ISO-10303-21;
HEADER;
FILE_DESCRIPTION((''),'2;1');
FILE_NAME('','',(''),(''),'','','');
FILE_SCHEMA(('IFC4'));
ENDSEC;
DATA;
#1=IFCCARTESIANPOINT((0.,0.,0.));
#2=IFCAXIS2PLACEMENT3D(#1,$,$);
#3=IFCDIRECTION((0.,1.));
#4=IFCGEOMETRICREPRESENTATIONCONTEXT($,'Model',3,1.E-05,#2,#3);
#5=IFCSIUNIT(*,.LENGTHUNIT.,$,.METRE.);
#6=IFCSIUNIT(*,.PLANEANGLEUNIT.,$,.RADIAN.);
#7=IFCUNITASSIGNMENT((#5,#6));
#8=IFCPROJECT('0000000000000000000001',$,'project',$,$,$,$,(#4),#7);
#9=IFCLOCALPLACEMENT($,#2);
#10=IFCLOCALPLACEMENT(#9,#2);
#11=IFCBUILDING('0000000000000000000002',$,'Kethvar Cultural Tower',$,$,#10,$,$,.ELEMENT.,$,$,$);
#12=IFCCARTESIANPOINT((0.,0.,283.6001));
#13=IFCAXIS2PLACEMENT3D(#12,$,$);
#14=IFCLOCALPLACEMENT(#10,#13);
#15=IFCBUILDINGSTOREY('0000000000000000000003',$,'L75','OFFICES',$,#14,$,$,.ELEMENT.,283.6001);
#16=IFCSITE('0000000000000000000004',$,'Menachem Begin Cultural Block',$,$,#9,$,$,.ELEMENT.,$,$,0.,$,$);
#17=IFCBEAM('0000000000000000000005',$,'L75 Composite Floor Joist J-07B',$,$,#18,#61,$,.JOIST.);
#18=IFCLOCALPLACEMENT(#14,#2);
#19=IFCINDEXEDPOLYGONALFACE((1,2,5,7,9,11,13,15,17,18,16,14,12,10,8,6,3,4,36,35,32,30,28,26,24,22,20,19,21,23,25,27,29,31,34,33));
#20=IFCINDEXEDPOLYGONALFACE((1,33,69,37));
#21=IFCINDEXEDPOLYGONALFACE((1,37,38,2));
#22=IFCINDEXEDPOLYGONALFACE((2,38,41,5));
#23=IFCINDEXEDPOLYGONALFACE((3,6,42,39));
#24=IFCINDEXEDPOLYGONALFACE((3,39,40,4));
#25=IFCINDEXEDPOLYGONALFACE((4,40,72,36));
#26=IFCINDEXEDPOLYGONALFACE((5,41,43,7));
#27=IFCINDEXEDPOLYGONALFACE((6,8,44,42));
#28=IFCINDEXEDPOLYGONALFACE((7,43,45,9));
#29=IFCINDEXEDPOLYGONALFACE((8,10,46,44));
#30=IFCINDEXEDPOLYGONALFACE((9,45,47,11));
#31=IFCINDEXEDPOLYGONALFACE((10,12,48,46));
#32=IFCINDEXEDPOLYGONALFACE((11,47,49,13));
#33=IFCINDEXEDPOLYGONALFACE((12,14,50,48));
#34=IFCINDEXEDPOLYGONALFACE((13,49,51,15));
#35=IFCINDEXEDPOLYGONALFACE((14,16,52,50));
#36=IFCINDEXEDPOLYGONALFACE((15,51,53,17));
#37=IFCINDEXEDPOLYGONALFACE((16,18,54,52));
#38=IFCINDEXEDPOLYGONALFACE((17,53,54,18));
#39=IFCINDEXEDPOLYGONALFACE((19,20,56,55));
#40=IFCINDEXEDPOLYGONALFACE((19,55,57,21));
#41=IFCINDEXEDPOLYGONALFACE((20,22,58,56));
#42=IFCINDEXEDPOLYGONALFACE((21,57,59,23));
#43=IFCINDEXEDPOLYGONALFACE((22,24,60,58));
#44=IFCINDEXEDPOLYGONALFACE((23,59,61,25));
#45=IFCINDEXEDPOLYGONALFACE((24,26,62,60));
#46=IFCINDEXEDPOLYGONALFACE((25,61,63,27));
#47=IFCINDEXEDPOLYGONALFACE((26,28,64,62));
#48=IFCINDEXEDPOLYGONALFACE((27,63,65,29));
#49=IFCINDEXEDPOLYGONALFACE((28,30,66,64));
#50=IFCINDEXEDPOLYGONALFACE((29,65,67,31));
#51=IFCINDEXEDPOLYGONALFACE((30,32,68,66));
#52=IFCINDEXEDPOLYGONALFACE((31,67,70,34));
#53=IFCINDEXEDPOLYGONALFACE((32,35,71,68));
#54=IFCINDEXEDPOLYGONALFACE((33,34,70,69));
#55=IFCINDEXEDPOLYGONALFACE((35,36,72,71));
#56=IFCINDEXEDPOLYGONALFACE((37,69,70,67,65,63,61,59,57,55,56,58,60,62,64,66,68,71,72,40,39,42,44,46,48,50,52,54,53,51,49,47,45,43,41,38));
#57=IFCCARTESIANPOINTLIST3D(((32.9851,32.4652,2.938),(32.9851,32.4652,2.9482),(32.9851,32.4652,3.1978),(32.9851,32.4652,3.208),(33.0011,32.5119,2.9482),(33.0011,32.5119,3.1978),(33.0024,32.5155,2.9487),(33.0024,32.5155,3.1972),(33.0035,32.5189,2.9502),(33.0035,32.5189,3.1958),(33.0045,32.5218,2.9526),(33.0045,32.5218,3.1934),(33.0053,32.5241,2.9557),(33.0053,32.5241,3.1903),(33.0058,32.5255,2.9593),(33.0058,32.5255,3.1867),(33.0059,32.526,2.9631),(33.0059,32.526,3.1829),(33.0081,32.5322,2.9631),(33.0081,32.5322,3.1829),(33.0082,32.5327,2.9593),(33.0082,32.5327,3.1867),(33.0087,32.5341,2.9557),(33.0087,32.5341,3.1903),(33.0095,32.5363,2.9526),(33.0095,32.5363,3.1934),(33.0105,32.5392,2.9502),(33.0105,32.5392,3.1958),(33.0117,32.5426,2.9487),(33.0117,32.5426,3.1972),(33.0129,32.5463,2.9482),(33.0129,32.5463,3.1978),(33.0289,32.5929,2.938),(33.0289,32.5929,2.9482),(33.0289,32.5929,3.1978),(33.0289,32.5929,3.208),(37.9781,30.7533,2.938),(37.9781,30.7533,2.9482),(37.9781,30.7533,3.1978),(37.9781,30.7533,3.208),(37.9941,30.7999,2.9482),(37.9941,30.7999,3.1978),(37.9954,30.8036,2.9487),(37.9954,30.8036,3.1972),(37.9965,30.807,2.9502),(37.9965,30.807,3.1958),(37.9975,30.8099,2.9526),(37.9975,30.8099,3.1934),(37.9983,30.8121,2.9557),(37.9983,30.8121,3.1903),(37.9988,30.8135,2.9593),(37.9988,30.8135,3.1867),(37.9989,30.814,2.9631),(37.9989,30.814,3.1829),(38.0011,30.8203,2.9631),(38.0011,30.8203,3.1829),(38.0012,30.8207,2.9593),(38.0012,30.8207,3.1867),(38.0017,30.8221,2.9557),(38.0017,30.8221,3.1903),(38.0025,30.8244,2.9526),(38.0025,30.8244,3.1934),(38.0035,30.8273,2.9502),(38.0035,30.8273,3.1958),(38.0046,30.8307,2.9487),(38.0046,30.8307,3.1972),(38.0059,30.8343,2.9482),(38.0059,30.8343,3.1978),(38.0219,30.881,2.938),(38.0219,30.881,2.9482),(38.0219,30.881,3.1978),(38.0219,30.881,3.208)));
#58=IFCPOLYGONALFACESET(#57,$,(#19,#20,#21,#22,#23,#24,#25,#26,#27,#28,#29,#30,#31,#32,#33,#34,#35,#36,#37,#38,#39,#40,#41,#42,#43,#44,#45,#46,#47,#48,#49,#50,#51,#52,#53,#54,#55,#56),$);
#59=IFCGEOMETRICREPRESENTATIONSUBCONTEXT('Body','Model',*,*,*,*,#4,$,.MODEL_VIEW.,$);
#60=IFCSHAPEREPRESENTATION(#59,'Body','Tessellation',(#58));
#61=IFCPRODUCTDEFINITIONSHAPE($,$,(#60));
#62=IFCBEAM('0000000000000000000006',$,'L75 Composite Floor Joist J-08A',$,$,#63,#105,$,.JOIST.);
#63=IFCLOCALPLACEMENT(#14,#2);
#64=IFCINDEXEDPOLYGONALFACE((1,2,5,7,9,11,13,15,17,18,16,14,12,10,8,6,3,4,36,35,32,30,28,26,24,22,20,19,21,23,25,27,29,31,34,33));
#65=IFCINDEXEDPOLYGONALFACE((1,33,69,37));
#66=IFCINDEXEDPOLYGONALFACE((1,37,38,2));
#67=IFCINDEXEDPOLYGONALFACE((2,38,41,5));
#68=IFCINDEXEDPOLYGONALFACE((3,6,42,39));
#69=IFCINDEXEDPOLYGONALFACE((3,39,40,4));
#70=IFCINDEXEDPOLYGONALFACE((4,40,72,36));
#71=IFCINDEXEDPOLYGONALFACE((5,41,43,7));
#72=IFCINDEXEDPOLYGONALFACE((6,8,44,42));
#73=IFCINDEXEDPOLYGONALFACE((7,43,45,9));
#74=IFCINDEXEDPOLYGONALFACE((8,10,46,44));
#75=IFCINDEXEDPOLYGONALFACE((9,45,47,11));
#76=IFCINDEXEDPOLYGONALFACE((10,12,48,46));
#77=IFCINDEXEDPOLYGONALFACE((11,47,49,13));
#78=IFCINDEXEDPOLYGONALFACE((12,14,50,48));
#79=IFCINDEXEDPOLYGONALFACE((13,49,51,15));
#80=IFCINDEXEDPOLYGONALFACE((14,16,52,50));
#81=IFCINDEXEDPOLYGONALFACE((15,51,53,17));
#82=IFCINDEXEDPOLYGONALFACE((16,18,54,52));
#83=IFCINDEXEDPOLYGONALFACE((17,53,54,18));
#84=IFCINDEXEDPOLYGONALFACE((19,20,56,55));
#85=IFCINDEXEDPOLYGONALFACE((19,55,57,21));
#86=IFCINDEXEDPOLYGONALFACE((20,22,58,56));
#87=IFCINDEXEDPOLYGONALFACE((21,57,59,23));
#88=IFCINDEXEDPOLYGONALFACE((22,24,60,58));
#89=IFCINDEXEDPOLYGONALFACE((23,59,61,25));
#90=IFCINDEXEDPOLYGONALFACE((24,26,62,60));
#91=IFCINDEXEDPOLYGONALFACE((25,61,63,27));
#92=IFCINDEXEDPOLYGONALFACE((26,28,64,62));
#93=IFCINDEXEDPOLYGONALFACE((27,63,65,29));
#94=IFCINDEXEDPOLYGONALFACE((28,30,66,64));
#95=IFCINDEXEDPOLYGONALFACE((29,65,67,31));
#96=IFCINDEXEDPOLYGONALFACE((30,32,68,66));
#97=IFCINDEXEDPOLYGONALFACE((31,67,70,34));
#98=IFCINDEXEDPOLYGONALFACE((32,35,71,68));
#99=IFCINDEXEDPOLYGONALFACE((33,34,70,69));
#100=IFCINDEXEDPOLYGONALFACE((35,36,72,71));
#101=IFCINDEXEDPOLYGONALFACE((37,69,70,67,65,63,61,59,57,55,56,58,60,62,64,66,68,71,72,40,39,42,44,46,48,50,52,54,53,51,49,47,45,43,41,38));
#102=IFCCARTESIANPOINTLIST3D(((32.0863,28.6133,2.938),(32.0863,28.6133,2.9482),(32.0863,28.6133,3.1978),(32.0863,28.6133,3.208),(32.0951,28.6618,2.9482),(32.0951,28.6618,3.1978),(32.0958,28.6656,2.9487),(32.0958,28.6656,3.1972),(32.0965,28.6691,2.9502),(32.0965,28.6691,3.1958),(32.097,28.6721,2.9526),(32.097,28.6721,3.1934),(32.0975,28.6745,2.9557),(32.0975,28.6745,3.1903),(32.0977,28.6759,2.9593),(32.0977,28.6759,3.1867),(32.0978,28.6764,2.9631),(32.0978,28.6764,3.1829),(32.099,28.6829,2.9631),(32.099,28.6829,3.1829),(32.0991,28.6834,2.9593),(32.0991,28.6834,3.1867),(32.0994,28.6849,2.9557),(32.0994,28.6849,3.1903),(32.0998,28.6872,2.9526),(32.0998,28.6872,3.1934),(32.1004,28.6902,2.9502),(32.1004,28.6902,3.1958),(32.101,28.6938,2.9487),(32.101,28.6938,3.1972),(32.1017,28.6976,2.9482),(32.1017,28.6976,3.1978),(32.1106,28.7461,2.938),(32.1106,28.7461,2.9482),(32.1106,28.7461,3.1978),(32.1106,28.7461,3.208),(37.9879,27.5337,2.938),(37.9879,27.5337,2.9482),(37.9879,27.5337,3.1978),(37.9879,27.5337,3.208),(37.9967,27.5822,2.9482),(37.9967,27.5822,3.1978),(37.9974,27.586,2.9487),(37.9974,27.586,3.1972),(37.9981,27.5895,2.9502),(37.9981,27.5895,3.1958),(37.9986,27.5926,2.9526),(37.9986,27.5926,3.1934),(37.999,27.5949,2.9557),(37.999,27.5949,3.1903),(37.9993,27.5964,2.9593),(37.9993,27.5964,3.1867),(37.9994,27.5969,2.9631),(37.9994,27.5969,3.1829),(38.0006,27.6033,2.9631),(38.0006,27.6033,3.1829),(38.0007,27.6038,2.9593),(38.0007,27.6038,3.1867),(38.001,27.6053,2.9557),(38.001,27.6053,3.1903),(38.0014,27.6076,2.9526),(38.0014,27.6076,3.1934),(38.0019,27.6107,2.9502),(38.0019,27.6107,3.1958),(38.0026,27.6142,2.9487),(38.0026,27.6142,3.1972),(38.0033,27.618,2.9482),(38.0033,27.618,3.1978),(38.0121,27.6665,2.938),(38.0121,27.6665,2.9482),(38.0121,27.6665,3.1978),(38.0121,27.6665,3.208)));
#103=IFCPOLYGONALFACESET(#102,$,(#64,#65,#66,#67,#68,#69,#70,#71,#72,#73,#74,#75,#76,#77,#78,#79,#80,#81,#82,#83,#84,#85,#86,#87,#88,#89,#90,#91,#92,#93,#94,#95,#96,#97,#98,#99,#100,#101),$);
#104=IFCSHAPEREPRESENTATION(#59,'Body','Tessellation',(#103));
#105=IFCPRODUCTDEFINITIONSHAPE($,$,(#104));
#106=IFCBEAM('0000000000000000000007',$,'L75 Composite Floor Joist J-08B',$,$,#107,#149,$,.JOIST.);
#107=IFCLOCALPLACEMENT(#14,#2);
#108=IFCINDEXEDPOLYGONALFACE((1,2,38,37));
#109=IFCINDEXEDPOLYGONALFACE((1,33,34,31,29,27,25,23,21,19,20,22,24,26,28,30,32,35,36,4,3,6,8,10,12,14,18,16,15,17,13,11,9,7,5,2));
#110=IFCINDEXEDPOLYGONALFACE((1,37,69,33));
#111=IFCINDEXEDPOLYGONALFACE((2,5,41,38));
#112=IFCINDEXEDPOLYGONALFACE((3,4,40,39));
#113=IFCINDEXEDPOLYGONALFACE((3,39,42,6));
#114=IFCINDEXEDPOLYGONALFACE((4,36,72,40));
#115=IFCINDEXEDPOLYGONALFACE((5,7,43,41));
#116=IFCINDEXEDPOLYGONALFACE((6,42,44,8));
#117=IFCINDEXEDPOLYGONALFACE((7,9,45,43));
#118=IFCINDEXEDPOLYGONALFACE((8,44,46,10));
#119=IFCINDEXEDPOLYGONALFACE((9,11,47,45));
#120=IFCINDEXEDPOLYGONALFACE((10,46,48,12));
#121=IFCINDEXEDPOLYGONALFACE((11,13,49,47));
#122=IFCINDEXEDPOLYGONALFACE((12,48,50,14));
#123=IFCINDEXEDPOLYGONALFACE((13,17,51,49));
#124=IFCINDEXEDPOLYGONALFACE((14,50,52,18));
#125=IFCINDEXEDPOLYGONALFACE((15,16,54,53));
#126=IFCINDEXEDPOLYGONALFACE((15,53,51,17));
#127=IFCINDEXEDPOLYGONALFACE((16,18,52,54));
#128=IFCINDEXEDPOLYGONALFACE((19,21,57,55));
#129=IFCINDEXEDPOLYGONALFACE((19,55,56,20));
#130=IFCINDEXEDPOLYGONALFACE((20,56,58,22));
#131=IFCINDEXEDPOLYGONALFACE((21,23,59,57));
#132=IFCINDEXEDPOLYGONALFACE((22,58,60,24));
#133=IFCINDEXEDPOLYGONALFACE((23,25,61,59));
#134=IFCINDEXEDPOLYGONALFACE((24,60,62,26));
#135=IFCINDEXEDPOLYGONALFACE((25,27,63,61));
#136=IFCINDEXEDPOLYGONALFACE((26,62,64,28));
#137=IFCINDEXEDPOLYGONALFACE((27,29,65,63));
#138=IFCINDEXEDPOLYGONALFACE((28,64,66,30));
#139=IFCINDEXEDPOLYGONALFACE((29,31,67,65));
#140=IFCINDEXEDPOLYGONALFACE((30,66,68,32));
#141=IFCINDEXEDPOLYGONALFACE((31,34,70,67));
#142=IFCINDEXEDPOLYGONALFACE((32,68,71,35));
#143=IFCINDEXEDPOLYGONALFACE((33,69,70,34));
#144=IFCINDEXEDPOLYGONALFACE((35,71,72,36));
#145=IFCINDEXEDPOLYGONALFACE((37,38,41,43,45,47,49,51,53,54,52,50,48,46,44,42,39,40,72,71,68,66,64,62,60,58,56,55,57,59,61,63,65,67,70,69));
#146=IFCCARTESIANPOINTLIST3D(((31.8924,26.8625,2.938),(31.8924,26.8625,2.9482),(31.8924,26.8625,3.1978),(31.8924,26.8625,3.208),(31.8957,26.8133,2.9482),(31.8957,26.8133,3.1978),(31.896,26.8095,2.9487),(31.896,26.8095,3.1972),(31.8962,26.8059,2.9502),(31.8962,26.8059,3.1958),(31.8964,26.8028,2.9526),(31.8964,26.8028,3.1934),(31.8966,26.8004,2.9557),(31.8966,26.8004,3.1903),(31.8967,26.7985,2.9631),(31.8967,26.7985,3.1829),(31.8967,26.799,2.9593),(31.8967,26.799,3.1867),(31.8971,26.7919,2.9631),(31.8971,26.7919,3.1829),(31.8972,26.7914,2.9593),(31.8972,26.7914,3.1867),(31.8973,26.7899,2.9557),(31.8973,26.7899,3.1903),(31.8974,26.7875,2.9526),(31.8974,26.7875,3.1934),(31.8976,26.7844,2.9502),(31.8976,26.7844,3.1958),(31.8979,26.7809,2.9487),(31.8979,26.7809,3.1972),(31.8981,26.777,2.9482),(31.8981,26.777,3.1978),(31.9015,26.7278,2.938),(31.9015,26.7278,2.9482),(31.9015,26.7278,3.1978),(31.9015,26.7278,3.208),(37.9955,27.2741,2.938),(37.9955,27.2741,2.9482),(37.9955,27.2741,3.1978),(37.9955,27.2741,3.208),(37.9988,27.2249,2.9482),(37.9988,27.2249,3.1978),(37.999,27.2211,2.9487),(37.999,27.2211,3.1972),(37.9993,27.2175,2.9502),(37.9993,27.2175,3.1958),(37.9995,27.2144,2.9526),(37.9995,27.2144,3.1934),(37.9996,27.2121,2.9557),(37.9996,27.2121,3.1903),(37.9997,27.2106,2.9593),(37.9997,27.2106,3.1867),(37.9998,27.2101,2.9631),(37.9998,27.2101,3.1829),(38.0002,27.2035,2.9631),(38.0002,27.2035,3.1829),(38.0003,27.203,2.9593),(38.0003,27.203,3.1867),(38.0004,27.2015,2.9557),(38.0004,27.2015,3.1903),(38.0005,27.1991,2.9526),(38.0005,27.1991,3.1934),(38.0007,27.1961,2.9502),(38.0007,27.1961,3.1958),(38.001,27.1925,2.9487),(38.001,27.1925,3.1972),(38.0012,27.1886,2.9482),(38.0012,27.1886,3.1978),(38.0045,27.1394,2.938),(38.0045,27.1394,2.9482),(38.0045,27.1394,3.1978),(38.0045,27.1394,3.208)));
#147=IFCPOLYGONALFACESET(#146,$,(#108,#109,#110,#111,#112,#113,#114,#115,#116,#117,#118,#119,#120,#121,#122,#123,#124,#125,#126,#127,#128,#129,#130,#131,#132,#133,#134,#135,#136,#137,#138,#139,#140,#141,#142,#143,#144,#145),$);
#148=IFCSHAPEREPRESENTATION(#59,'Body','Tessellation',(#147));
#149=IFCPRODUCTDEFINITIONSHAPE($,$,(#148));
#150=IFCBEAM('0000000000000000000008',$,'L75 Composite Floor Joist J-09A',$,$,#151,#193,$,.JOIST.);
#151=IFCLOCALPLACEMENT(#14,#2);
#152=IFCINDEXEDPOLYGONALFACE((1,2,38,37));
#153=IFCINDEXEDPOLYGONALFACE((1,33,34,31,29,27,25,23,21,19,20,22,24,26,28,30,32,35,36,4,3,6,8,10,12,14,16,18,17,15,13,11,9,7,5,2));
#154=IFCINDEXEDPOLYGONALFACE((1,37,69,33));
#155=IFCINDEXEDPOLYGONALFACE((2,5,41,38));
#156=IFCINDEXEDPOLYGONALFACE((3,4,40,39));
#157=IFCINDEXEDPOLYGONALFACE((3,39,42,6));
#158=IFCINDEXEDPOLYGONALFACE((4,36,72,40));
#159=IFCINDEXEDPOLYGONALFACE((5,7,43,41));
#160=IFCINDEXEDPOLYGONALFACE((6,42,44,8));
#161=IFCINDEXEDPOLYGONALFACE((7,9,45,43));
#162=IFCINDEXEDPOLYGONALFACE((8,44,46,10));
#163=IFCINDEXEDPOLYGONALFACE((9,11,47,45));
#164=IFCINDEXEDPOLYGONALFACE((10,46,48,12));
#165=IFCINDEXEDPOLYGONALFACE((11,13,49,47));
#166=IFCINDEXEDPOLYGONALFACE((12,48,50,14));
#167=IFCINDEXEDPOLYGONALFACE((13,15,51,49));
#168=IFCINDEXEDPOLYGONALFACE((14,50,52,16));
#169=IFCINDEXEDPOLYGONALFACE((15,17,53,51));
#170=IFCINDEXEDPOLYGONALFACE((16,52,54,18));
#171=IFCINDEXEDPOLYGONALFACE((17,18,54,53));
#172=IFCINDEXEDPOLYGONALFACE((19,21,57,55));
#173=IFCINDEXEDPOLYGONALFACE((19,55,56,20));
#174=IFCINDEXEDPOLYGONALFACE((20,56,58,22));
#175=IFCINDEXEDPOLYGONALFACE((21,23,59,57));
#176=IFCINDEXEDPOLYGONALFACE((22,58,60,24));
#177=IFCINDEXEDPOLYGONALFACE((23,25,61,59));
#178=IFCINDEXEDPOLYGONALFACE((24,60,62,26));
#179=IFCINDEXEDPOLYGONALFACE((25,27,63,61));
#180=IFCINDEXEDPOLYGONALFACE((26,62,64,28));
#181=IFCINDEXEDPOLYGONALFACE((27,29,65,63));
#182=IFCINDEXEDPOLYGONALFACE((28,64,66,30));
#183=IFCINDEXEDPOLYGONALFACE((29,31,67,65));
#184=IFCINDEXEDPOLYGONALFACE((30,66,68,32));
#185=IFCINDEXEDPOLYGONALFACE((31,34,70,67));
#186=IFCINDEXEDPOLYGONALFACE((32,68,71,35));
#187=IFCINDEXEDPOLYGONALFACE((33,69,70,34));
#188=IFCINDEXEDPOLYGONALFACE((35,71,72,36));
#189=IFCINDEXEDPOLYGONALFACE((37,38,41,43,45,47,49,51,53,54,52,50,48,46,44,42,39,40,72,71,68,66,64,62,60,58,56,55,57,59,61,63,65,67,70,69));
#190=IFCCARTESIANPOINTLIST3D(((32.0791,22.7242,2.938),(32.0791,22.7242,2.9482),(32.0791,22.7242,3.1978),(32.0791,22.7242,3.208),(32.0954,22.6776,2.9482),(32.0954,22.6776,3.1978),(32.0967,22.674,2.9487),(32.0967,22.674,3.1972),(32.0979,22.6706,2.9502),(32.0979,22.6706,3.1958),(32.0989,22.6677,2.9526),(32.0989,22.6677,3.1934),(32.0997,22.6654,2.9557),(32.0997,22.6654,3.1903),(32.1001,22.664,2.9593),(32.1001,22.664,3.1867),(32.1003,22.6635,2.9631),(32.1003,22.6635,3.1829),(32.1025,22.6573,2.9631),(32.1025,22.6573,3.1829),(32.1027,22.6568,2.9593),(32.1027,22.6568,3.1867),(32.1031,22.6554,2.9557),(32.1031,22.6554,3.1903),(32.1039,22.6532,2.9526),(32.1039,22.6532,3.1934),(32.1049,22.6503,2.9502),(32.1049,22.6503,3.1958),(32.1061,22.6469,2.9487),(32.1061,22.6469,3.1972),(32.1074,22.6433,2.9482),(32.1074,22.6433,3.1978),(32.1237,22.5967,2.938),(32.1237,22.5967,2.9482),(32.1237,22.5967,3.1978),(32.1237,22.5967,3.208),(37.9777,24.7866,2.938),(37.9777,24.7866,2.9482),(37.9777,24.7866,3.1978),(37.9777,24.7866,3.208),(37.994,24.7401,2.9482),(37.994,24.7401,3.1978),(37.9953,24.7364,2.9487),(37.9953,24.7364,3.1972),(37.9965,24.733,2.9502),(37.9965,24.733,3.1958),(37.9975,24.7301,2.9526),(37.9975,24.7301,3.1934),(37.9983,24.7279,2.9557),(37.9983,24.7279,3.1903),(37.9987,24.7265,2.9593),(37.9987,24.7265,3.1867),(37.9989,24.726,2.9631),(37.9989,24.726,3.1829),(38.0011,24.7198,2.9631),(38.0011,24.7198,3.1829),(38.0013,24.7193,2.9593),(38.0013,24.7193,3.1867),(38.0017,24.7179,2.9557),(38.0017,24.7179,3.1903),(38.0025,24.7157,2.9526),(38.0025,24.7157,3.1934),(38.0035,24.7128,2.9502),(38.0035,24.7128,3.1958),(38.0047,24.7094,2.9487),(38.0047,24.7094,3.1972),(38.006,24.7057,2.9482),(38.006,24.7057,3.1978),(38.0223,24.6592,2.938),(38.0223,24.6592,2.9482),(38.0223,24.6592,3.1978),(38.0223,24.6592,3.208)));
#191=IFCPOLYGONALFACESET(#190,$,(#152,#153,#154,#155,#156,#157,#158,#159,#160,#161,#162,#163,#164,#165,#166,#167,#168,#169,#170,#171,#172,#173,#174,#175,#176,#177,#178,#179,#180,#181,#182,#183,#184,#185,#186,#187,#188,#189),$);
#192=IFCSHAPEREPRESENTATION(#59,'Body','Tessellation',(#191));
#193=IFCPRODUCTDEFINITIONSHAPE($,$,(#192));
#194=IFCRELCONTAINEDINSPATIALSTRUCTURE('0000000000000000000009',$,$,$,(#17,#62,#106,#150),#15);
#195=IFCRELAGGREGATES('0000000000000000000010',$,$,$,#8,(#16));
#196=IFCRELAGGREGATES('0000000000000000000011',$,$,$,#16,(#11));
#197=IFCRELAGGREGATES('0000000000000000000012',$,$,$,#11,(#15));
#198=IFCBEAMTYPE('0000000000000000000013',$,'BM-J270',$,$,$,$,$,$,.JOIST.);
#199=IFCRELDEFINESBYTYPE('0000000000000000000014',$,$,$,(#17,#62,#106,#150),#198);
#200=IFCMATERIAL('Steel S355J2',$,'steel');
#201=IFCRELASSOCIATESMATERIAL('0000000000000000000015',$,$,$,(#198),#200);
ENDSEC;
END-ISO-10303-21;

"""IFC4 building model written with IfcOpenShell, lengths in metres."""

from ifc_helpers import new_model, si_unit, direction, frame, origin, origin_2d, place, context, subcontext, project, spatial, i_section, extrude, source, transform, mapped, material, material_profile, profile_set, type_object, element, save


model = new_model("IFC4")

# Units and contexts
model_context = context("Model", 3, precision=1e-05, world=origin(), true_north=direction((0.0, 1.0)))
body_context = subcontext(model_context, "Body", "Model", "MODEL_VIEW")
ifc_project = project(units=[si_unit("LENGTHUNIT", "METRE"), si_unit("PLANEANGLEUNIT", "RADIAN")], contexts=[model_context])

# Site, building, storey
site_placement = place(None, origin())
site = spatial("IfcSite", under=ifc_project, at=site_placement, Name="Menachem Begin Cultural Block", CompositionType="ELEMENT", RefElevation=0.0)
building_placement = place(site_placement, origin())
building = spatial("IfcBuilding", under=site, at=building_placement, Name="Kethvar Cultural Tower", CompositionType="ELEMENT")
storey_placement = place(building_placement, frame((0.0, 0.0, 283.6001)))
storey = spatial("IfcBuildingStorey", under=building, at=storey_placement, Name="L75", Description="OFFICES", CompositionType="ELEMENT", Elevation=283.6001)

# Beams
ifc_material_1 = material(Name="Steel S355J2", Category="steel")
ifc_material_profile_1 = material_profile(ifc_material_1, i_section(OverallWidth=0.135, OverallDepth=0.27, WebThickness=0.0066, FlangeThickness=0.0103, FilletRadius=0.0149, at=origin_2d()), Name="Steel S355J2 — IPE270")
ifc_profile_set_1 = profile_set([ifc_material_profile_1], Name="Steel S355J2 — IPE270")
beam_type_1 = type_object("IfcBeamType", Name="BM-J270", PredefinedType="JOIST", material=ifc_profile_set_1)
shared_shape_1 = source(origin(), body_context, "Body", "SweptSolid", [
    extrude(i_section(OverallWidth=0.135, OverallDepth=0.27, WebThickness=0.0066, FlangeThickness=0.0103, FilletRadius=0.0149, at=origin_2d()), origin(), (0.0, 0.0, 1.0), 5.2783),
])
beam_1_placement = place(storey_placement, frame((38.0, 30.8171, 3.073), z_axis=(-0.945943, 0.324334, 0.0), x_axis=(-0.324334, -0.945943, 0.0)))
element("IfcBeam", 1, at=beam_1_placement, inside=storey, type_object=beam_type_1, Name="L75 Composite Floor Joist J-07B", PredefinedType="JOIST", context=body_context, shape_type="MappedRepresentation", body=[
    mapped(shared_shape_1, transform((0.0, 0.0, 0.0), scale=1.0)),
])
shared_shape_2 = source(origin(), body_context, "Body", "SweptSolid", [
    extrude(i_section(OverallWidth=0.135, OverallDepth=0.27, WebThickness=0.0066, FlangeThickness=0.0103, FilletRadius=0.0149, at=origin_2d()), origin(), (0.0, 0.0, 1.0), 5.9995),
])
beam_2_placement = place(storey_placement, frame((38.0, 27.6001, 3.073), z_axis=(-0.983677, 0.179945, 0.0), x_axis=(-0.179945, -0.983677, 0.0)))
element("IfcBeam", 2, at=beam_2_placement, inside=storey, type_object=beam_type_1, Name="L75 Composite Floor Joist J-08A", PredefinedType="JOIST", context=body_context, shape_type="MappedRepresentation", body=[
    mapped(shared_shape_2, transform((0.0, 0.0, 0.0), scale=1.0)),
])
shared_shape_3 = source(origin(), body_context, "Body", "SweptSolid", [
    extrude(i_section(OverallWidth=0.135, OverallDepth=0.27, WebThickness=0.0066, FlangeThickness=0.0103, FilletRadius=0.0149, at=origin_2d()), origin(), (0.0, 0.0, 1.0), 6.1169),
])
beam_3_placement = place(storey_placement, frame((38.0, 27.2068, 3.073), z_axis=(-0.997733, -0.067293, 0.0), x_axis=(0.067293, -0.997733, 0.0)))
element("IfcBeam", 3, at=beam_3_placement, inside=storey, type_object=beam_type_1, Name="L75 Composite Floor Joist J-08B", PredefinedType="JOIST", context=body_context, shape_type="MappedRepresentation", body=[
    mapped(shared_shape_3, transform((0.0, 0.0, 0.0), scale=1.0)),
])
shared_shape_4 = source(origin(), body_context, "Body", "SweptSolid", [
    extrude(i_section(OverallWidth=0.135, OverallDepth=0.27, WebThickness=0.0066, FlangeThickness=0.0103, FilletRadius=0.0149, at=origin_2d()), origin(), (0.0, 0.0, 1.0), 6.2488),
])
beam_4_placement = place(storey_placement, frame((38.0, 24.7229, 3.073), z_axis=(-0.94396, -0.33006, 0.0), x_axis=(0.33006, -0.94396, 0.0)))
element("IfcBeam", 4, at=beam_4_placement, inside=storey, type_object=beam_type_1, Name="L75 Composite Floor Joist J-09A", PredefinedType="JOIST", context=body_context, shape_type="MappedRepresentation", body=[
    mapped(shared_shape_4, transform((0.0, 0.0, 0.0), scale=1.0)),
])

save(model, "model.ifc")
